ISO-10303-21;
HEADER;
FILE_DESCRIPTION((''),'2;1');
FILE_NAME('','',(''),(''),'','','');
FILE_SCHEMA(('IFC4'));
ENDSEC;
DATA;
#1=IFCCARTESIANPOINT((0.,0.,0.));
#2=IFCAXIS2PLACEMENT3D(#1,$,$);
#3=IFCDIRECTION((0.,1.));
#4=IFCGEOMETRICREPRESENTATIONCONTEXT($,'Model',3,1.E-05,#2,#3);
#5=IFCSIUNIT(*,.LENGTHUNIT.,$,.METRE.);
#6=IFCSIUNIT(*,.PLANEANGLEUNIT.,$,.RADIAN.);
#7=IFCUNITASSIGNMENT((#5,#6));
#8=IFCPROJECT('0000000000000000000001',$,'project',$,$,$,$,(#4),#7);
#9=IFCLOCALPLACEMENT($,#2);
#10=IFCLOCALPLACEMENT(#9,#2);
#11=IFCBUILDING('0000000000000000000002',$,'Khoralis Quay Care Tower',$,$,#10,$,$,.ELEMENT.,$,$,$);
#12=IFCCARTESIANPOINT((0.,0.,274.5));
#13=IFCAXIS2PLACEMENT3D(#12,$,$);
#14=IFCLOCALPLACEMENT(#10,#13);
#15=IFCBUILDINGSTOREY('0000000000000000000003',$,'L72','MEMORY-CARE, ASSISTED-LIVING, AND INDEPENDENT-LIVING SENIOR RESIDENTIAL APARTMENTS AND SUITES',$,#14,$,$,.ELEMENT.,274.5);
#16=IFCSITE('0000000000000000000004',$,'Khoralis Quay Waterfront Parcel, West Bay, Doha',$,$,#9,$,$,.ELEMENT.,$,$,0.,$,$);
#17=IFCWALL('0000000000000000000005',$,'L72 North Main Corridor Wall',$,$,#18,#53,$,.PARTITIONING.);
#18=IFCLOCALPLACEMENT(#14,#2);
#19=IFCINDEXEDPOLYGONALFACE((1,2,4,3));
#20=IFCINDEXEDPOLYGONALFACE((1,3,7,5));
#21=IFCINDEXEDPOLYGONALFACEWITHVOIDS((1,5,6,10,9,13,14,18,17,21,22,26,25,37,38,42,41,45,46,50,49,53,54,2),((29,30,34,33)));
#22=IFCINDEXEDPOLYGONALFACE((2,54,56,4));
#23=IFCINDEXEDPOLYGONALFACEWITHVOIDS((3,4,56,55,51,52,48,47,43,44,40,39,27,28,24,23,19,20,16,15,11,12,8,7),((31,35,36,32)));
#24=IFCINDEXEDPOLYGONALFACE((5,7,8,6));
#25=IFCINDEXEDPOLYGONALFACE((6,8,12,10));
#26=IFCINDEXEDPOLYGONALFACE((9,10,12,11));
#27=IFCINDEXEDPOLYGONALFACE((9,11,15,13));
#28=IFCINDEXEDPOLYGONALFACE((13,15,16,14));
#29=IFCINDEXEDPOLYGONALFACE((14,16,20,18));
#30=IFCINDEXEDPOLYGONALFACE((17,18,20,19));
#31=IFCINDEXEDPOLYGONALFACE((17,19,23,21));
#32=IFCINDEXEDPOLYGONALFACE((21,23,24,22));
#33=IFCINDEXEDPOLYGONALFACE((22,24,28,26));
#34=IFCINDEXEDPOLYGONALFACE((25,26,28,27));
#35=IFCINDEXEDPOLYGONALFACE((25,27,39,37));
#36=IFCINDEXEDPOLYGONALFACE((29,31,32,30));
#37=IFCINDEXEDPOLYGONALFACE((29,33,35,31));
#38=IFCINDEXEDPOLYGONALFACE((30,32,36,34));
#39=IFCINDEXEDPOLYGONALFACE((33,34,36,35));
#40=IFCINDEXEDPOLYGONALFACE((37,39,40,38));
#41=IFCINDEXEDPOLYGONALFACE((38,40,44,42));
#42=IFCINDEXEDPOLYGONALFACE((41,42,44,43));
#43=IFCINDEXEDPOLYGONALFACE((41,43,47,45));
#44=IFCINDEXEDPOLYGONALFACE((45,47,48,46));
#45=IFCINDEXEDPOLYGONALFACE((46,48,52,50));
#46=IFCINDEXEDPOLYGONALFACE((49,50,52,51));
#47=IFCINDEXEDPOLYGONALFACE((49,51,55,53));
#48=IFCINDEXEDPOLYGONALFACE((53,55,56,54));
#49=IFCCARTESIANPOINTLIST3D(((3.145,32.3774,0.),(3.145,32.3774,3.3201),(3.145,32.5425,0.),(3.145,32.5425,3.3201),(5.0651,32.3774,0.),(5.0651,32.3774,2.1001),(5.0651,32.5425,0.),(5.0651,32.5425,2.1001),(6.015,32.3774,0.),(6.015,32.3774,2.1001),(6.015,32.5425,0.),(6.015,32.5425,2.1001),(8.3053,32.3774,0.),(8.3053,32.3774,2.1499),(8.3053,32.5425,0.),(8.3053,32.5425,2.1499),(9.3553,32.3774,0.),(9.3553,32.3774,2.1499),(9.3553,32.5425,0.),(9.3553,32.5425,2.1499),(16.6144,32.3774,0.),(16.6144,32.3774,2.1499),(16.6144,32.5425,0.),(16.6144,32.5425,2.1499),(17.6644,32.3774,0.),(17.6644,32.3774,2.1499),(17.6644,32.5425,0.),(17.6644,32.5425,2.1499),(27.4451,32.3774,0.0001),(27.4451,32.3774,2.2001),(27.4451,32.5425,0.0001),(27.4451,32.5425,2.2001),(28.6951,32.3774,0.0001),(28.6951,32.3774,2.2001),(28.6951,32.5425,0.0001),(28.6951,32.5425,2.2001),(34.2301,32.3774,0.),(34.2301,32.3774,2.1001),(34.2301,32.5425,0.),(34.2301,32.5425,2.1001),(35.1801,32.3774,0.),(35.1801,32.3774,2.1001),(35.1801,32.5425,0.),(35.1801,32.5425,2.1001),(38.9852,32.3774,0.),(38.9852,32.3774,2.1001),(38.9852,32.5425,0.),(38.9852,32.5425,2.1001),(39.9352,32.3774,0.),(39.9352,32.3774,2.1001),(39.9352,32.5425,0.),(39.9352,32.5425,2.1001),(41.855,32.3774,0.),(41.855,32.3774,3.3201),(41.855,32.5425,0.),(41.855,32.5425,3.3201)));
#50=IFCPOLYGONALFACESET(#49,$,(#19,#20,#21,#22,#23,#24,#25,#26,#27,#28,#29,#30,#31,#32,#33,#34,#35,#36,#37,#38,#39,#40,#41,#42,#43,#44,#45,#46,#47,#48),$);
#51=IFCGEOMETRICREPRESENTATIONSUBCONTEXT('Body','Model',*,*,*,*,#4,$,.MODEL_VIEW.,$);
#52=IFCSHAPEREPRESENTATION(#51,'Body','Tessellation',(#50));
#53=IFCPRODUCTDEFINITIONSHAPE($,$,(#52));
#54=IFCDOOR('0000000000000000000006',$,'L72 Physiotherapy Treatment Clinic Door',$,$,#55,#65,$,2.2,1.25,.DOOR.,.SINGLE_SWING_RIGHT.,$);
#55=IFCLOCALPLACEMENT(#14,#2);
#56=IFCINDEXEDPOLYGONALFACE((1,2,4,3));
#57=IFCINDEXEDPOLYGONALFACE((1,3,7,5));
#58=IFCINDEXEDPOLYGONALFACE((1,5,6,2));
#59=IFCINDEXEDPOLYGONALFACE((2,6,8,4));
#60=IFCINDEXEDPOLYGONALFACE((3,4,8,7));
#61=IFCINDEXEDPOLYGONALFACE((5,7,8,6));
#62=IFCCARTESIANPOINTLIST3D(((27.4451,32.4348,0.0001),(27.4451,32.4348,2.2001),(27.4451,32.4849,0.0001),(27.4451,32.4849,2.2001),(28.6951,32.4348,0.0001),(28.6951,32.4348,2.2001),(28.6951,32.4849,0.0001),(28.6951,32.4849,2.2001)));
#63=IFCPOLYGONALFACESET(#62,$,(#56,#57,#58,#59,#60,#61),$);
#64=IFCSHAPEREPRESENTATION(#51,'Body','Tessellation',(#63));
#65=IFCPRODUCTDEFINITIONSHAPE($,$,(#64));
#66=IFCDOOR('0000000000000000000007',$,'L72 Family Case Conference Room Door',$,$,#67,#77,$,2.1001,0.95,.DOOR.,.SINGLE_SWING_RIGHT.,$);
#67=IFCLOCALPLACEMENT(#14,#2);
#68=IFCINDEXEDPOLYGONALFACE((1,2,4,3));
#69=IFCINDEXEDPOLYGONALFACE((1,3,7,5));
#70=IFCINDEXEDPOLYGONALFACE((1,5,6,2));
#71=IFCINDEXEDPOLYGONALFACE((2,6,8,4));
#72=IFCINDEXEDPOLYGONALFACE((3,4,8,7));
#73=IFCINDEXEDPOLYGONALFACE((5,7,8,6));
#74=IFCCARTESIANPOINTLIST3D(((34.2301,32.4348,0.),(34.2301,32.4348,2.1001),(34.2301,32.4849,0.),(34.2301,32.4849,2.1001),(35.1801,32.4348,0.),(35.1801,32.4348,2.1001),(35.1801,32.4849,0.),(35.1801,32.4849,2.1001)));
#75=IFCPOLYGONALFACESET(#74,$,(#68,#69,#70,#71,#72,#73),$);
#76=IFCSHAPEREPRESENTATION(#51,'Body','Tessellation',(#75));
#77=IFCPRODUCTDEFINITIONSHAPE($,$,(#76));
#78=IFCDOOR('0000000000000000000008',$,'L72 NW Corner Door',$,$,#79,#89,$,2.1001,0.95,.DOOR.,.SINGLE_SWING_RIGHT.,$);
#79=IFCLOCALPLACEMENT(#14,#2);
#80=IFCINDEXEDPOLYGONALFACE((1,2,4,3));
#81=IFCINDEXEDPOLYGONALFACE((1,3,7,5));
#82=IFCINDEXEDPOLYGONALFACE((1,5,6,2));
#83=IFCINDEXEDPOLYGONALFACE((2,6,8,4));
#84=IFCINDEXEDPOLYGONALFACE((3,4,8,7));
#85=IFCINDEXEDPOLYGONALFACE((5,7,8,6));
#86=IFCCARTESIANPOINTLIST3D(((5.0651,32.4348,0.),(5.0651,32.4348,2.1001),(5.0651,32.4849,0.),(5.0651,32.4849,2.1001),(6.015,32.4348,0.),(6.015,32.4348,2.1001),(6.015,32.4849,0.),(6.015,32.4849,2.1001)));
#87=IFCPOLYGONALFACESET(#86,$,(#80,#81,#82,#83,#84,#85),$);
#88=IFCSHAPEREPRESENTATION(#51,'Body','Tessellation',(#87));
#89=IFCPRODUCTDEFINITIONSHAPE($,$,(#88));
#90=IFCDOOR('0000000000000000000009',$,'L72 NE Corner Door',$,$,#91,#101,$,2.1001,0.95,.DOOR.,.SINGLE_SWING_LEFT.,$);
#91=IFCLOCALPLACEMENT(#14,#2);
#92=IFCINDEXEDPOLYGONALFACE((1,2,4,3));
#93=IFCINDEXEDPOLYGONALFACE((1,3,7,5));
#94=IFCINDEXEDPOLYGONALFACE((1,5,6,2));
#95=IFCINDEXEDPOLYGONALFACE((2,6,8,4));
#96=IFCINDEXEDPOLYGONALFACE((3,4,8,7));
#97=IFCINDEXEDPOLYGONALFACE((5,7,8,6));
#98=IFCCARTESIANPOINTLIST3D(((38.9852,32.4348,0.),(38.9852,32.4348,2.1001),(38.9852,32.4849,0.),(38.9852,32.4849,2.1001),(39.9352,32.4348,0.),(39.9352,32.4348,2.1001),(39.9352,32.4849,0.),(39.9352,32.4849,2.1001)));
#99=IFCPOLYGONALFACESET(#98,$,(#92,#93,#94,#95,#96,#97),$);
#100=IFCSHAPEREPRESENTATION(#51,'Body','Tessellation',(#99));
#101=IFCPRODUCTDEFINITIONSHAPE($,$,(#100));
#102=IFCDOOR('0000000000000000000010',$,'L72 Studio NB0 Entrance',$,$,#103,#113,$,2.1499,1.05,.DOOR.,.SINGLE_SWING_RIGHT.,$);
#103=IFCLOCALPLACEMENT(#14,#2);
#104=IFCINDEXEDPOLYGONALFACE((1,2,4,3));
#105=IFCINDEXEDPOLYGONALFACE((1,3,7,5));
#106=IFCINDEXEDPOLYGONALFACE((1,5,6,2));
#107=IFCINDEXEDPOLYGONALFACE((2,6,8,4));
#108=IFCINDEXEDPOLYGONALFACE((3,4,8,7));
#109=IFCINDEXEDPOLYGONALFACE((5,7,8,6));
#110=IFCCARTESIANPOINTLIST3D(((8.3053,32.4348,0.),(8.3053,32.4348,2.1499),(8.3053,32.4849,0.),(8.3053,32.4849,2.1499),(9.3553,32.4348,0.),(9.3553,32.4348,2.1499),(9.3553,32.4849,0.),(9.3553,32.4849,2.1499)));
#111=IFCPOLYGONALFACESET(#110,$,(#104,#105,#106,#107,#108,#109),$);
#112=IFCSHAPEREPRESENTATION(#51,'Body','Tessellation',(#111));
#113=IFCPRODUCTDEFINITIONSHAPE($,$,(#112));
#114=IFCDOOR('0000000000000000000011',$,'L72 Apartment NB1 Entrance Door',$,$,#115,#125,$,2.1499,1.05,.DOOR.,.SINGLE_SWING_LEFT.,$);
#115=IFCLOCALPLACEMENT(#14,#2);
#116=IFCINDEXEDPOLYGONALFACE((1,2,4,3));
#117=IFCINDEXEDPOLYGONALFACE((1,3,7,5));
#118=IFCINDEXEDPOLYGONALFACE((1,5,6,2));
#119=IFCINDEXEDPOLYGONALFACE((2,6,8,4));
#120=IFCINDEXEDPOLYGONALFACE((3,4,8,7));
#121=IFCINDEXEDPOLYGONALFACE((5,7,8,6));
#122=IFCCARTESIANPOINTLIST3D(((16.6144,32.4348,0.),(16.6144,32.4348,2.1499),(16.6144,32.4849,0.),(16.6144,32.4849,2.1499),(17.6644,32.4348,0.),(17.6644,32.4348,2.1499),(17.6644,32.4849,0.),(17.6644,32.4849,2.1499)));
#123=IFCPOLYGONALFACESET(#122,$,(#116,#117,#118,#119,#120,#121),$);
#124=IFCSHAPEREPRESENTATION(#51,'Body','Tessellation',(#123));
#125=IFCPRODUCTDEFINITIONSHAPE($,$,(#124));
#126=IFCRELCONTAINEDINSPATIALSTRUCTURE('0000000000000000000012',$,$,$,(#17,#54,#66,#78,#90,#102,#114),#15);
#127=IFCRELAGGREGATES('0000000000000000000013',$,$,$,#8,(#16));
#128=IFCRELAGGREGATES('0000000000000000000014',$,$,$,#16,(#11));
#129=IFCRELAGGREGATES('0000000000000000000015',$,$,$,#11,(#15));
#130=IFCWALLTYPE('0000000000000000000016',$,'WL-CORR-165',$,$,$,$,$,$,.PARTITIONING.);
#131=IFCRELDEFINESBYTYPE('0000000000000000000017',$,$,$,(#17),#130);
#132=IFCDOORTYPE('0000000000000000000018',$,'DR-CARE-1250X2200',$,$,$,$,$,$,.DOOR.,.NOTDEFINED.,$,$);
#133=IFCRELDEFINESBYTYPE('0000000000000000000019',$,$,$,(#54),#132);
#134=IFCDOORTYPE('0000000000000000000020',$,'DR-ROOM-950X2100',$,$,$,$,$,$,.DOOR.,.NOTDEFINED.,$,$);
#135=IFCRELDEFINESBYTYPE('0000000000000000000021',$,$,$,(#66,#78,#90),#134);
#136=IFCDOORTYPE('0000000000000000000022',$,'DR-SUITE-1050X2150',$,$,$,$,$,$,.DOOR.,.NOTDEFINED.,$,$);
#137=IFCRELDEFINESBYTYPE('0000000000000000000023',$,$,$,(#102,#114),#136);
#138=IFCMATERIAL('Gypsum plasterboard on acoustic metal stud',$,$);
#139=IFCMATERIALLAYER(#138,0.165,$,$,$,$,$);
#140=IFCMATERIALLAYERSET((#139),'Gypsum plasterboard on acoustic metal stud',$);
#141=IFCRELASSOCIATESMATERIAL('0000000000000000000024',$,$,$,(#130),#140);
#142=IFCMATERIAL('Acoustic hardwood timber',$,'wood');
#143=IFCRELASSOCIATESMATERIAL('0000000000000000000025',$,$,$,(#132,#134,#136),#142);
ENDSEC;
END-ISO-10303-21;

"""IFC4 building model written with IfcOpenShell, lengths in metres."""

from ifc_helpers import new_model, si_unit, direction, frame, frame_2d, origin, place, context, subcontext, project, spatial, rectangle, extrude, source, transform, mapped, material, layer, layer_set, type_object, element, fill, save


model = new_model("IFC4")

# Units and contexts
model_context = context("Model", 3, precision=1e-05, world=origin(), true_north=direction((0.0, 1.0)))
body_context = subcontext(model_context, "Body", "Model", "MODEL_VIEW")
ifc_project = project(units=[si_unit("LENGTHUNIT", "METRE"), si_unit("PLANEANGLEUNIT", "RADIAN")], contexts=[model_context])

# Site, building, storey
site_placement = place(None, origin())
site = spatial("IfcSite", under=ifc_project, at=site_placement, Name="Khoralis Quay Waterfront Parcel, West Bay, Doha", CompositionType="ELEMENT", RefElevation=0.0)
building_placement = place(site_placement, origin())
building = spatial("IfcBuilding", under=site, at=building_placement, Name="Khoralis Quay Care Tower", CompositionType="ELEMENT")
storey_placement = place(building_placement, frame((0.0, 0.0, 274.5)))
storey = spatial("IfcBuildingStorey", under=building, at=storey_placement, Name="L72", Description="MEMORY-CARE, ASSISTED-LIVING, AND INDEPENDENT-LIVING SENIOR RESIDENTIAL APARTMENTS AND SUITES", CompositionType="ELEMENT", Elevation=274.5)

# Shared definitions
ifc_material_1 = material(Name="Gypsum plasterboard on acoustic metal stud")
ifc_layer_1 = layer(ifc_material_1, 0.165)
ifc_layer_set_1 = layer_set([ifc_layer_1], Name="Gypsum plasterboard on acoustic metal stud")
wall_type_1 = type_object("IfcWallType", Name="WL-CORR-165", PredefinedType="PARTITIONING", material=ifc_layer_set_1)

# Wall, openings, doors
wall_1_placement = place(storey_placement, frame((3.145, 32.46, 0.0), z_axis=(0.0, 0.0, 1.0), x_axis=(1.0, 0.0, 0.0)))
wall_1 = element("IfcWall", 1, at=wall_1_placement, inside=storey, type_object=wall_type_1, Name="L72 North Main Corridor Wall", PredefinedType="PARTITIONING", context=body_context, shape_type="SweptSolid", body=[
    extrude(rectangle(XDim=38.71, YDim=0.165, at=frame_2d((19.355, 0.0))), origin(), (0.0, 0.0, 1.0), 3.3201),
])
opening_1_placement = place(wall_1_placement, frame((5.1604, 0.0, 0.0)))
opening_1 = element("IfcOpeningElement", 2, at=opening_1_placement, cuts=wall_1, PredefinedType="OPENING", context=body_context, shape_type="SweptSolid", body=[
    extrude(rectangle(XDim=1.05, YDim=2.1499, at=frame_2d((0.5249, 1.075))), frame((0.0, 0.0925, 0.0), z_axis=(0.0, -1.0, 0.0), x_axis=(1.0, 0.0, 0.0)), (0.0, 0.0, 1.0), 0.1851),
])
opening_2_placement = place(wall_1_placement, frame((13.4695, 0.0, 0.0)))
opening_2 = element("IfcOpeningElement", 3, at=opening_2_placement, cuts=wall_1, PredefinedType="OPENING", context=body_context, shape_type="SweptSolid", body=[
    extrude(rectangle(XDim=1.05, YDim=2.1499, at=frame_2d((0.5249, 1.075))), frame((0.0, 0.0925, 0.0), z_axis=(0.0, -1.0, 0.0), x_axis=(1.0, 0.0, 0.0)), (0.0, 0.0, 1.0), 0.1851),
])
opening_3_placement = place(wall_1_placement, frame((24.3, 0.0, 0.0)))
opening_3 = element("IfcOpeningElement", 4, at=opening_3_placement, cuts=wall_1, PredefinedType="OPENING", context=body_context, shape_type="SweptSolid", body=[
    extrude(rectangle(XDim=1.25, YDim=2.2, at=frame_2d((0.625, 1.1001))), frame((0.0, 0.0925, 0.0), z_axis=(0.0, -1.0, 0.0), x_axis=(1.0, 0.0, 0.0)), (0.0, 0.0, 1.0), 0.1851),
])
opening_4_placement = place(wall_1_placement, frame((31.085, 0.0, 0.0)))
opening_4 = element("IfcOpeningElement", 5, at=opening_4_placement, cuts=wall_1, PredefinedType="OPENING", context=body_context, shape_type="SweptSolid", body=[
    extrude(rectangle(XDim=0.95, YDim=2.1001, at=frame_2d((0.4751, 1.05))), frame((0.0, 0.0925, 0.0), z_axis=(0.0, -1.0, 0.0), x_axis=(1.0, 0.0, 0.0)), (0.0, 0.0, 1.0), 0.1851),
])
opening_5_placement = place(wall_1_placement, frame((1.9199, 0.0, 0.0)))
opening_5 = element("IfcOpeningElement", 6, at=opening_5_placement, cuts=wall_1, PredefinedType="OPENING", context=body_context, shape_type="SweptSolid", body=[
    extrude(rectangle(XDim=0.95, YDim=2.1001, at=frame_2d((0.4751, 1.05))), frame((0.0, 0.0925, 0.0), z_axis=(0.0, -1.0, 0.0), x_axis=(1.0, 0.0, 0.0)), (0.0, 0.0, 1.0), 0.1851),
])
opening_6_placement = place(wall_1_placement, frame((35.8401, 0.0, 0.0)))
opening_6 = element("IfcOpeningElement", 7, at=opening_6_placement, cuts=wall_1, PredefinedType="OPENING", context=body_context, shape_type="SweptSolid", body=[
    extrude(rectangle(XDim=0.95, YDim=2.1001, at=frame_2d((0.4751, 1.05))), frame((0.0, 0.0925, 0.0), z_axis=(0.0, -1.0, 0.0), x_axis=(1.0, 0.0, 0.0)), (0.0, 0.0, 1.0), 0.1851),
])
ifc_material_2 = material(Name="Acoustic hardwood timber", Category="wood")
door_type_1 = type_object("IfcDoorType", Name="DR-CARE-1250X2200", OperationType="NOTDEFINED", PredefinedType="DOOR", material=ifc_material_2)
shared_shape_1 = source(origin(), body_context, "Body", "SweptSolid", [
    extrude(rectangle(XDim=1.25, YDim=2.2, at=frame_2d((0.625, 1.1001))), frame((0.0, 0.0249, 0.0), z_axis=(0.0, -1.0, 0.0), x_axis=(1.0, 0.0, 0.0)), (0.0, 0.0, 1.0), 0.05),
])
door_1_placement = place(opening_3_placement, origin())
door_1 = element("IfcDoor", 8, at=door_1_placement, inside=storey, type_object=door_type_1, Name="L72 Physiotherapy Treatment Clinic Door", OperationType="SINGLE_SWING_RIGHT", OverallHeight=2.2, OverallWidth=1.25, PredefinedType="DOOR", context=body_context, shape_type="MappedRepresentation", body=[
    mapped(shared_shape_1, transform((0.0, 0.0, 0.0), scale=1.0)),
])
fill(opening_3, door_1)
door_type_2 = type_object("IfcDoorType", Name="DR-ROOM-950X2100", OperationType="NOTDEFINED", PredefinedType="DOOR", material=ifc_material_2)
shared_shape_2 = source(origin(), body_context, "Body", "SweptSolid", [
    extrude(rectangle(XDim=0.95, YDim=2.1001, at=frame_2d((0.4751, 1.05))), frame((0.0, 0.0249, 0.0), z_axis=(0.0, -1.0, 0.0), x_axis=(1.0, 0.0, 0.0)), (0.0, 0.0, 1.0), 0.05),
])
door_2_placement = place(opening_4_placement, origin())
door_2 = element("IfcDoor", 9, at=door_2_placement, inside=storey, type_object=door_type_2, Name="L72 Family Case Conference Room Door", OperationType="SINGLE_SWING_RIGHT", OverallHeight=2.1001, OverallWidth=0.95, PredefinedType="DOOR", context=body_context, shape_type="MappedRepresentation", body=[
    mapped(shared_shape_2, transform((0.0, 0.0, 0.0), scale=1.0)),
])
fill(opening_4, door_2)
door_3_placement = place(opening_5_placement, origin())
door_3 = element("IfcDoor", 10, at=door_3_placement, inside=storey, type_object=door_type_2, Name="L72 NW Corner Door", OperationType="SINGLE_SWING_RIGHT", OverallHeight=2.1001, OverallWidth=0.95, PredefinedType="DOOR", context=body_context, shape_type="MappedRepresentation", body=[
    mapped(shared_shape_2, transform((0.0, 0.0, 0.0), scale=1.0)),
])
fill(opening_5, door_3)
door_4_placement = place(opening_6_placement, origin())
door_4 = element("IfcDoor", 11, at=door_4_placement, inside=storey, type_object=door_type_2, Name="L72 NE Corner Door", OperationType="SINGLE_SWING_LEFT", OverallHeight=2.1001, OverallWidth=0.95, PredefinedType="DOOR", context=body_context, shape_type="MappedRepresentation", body=[
    mapped(shared_shape_2, transform((0.0, 0.0, 0.0), scale=1.0)),
])
fill(opening_6, door_4)
door_type_3 = type_object("IfcDoorType", Name="DR-SUITE-1050X2150", OperationType="NOTDEFINED", PredefinedType="DOOR", material=ifc_material_2)
shared_shape_3 = source(origin(), body_context, "Body", "SweptSolid", [
    extrude(rectangle(XDim=1.05, YDim=2.1499, at=frame_2d((0.5249, 1.075))), frame((0.0, 0.0249, 0.0), z_axis=(0.0, -1.0, 0.0), x_axis=(1.0, 0.0, 0.0)), (0.0, 0.0, 1.0), 0.05),
])
door_5_placement = place(opening_1_placement, origin())
door_5 = element("IfcDoor", 12, at=door_5_placement, inside=storey, type_object=door_type_3, Name="L72 Studio NB0 Entrance", OperationType="SINGLE_SWING_RIGHT", OverallHeight=2.1499, OverallWidth=1.05, PredefinedType="DOOR", context=body_context, shape_type="MappedRepresentation", body=[
    mapped(shared_shape_3, transform((0.0, 0.0, 0.0), scale=1.0)),
])
fill(opening_1, door_5)
door_6_placement = place(opening_2_placement, origin())
door_6 = element("IfcDoor", 13, at=door_6_placement, inside=storey, type_object=door_type_3, Name="L72 Apartment NB1 Entrance Door", OperationType="SINGLE_SWING_LEFT", OverallHeight=2.1499, OverallWidth=1.05, PredefinedType="DOOR", context=body_context, shape_type="MappedRepresentation", body=[
    mapped(shared_shape_3, transform((0.0, 0.0, 0.0), scale=1.0)),
])
fill(opening_2, door_6)

save(model, "model.ifc")
